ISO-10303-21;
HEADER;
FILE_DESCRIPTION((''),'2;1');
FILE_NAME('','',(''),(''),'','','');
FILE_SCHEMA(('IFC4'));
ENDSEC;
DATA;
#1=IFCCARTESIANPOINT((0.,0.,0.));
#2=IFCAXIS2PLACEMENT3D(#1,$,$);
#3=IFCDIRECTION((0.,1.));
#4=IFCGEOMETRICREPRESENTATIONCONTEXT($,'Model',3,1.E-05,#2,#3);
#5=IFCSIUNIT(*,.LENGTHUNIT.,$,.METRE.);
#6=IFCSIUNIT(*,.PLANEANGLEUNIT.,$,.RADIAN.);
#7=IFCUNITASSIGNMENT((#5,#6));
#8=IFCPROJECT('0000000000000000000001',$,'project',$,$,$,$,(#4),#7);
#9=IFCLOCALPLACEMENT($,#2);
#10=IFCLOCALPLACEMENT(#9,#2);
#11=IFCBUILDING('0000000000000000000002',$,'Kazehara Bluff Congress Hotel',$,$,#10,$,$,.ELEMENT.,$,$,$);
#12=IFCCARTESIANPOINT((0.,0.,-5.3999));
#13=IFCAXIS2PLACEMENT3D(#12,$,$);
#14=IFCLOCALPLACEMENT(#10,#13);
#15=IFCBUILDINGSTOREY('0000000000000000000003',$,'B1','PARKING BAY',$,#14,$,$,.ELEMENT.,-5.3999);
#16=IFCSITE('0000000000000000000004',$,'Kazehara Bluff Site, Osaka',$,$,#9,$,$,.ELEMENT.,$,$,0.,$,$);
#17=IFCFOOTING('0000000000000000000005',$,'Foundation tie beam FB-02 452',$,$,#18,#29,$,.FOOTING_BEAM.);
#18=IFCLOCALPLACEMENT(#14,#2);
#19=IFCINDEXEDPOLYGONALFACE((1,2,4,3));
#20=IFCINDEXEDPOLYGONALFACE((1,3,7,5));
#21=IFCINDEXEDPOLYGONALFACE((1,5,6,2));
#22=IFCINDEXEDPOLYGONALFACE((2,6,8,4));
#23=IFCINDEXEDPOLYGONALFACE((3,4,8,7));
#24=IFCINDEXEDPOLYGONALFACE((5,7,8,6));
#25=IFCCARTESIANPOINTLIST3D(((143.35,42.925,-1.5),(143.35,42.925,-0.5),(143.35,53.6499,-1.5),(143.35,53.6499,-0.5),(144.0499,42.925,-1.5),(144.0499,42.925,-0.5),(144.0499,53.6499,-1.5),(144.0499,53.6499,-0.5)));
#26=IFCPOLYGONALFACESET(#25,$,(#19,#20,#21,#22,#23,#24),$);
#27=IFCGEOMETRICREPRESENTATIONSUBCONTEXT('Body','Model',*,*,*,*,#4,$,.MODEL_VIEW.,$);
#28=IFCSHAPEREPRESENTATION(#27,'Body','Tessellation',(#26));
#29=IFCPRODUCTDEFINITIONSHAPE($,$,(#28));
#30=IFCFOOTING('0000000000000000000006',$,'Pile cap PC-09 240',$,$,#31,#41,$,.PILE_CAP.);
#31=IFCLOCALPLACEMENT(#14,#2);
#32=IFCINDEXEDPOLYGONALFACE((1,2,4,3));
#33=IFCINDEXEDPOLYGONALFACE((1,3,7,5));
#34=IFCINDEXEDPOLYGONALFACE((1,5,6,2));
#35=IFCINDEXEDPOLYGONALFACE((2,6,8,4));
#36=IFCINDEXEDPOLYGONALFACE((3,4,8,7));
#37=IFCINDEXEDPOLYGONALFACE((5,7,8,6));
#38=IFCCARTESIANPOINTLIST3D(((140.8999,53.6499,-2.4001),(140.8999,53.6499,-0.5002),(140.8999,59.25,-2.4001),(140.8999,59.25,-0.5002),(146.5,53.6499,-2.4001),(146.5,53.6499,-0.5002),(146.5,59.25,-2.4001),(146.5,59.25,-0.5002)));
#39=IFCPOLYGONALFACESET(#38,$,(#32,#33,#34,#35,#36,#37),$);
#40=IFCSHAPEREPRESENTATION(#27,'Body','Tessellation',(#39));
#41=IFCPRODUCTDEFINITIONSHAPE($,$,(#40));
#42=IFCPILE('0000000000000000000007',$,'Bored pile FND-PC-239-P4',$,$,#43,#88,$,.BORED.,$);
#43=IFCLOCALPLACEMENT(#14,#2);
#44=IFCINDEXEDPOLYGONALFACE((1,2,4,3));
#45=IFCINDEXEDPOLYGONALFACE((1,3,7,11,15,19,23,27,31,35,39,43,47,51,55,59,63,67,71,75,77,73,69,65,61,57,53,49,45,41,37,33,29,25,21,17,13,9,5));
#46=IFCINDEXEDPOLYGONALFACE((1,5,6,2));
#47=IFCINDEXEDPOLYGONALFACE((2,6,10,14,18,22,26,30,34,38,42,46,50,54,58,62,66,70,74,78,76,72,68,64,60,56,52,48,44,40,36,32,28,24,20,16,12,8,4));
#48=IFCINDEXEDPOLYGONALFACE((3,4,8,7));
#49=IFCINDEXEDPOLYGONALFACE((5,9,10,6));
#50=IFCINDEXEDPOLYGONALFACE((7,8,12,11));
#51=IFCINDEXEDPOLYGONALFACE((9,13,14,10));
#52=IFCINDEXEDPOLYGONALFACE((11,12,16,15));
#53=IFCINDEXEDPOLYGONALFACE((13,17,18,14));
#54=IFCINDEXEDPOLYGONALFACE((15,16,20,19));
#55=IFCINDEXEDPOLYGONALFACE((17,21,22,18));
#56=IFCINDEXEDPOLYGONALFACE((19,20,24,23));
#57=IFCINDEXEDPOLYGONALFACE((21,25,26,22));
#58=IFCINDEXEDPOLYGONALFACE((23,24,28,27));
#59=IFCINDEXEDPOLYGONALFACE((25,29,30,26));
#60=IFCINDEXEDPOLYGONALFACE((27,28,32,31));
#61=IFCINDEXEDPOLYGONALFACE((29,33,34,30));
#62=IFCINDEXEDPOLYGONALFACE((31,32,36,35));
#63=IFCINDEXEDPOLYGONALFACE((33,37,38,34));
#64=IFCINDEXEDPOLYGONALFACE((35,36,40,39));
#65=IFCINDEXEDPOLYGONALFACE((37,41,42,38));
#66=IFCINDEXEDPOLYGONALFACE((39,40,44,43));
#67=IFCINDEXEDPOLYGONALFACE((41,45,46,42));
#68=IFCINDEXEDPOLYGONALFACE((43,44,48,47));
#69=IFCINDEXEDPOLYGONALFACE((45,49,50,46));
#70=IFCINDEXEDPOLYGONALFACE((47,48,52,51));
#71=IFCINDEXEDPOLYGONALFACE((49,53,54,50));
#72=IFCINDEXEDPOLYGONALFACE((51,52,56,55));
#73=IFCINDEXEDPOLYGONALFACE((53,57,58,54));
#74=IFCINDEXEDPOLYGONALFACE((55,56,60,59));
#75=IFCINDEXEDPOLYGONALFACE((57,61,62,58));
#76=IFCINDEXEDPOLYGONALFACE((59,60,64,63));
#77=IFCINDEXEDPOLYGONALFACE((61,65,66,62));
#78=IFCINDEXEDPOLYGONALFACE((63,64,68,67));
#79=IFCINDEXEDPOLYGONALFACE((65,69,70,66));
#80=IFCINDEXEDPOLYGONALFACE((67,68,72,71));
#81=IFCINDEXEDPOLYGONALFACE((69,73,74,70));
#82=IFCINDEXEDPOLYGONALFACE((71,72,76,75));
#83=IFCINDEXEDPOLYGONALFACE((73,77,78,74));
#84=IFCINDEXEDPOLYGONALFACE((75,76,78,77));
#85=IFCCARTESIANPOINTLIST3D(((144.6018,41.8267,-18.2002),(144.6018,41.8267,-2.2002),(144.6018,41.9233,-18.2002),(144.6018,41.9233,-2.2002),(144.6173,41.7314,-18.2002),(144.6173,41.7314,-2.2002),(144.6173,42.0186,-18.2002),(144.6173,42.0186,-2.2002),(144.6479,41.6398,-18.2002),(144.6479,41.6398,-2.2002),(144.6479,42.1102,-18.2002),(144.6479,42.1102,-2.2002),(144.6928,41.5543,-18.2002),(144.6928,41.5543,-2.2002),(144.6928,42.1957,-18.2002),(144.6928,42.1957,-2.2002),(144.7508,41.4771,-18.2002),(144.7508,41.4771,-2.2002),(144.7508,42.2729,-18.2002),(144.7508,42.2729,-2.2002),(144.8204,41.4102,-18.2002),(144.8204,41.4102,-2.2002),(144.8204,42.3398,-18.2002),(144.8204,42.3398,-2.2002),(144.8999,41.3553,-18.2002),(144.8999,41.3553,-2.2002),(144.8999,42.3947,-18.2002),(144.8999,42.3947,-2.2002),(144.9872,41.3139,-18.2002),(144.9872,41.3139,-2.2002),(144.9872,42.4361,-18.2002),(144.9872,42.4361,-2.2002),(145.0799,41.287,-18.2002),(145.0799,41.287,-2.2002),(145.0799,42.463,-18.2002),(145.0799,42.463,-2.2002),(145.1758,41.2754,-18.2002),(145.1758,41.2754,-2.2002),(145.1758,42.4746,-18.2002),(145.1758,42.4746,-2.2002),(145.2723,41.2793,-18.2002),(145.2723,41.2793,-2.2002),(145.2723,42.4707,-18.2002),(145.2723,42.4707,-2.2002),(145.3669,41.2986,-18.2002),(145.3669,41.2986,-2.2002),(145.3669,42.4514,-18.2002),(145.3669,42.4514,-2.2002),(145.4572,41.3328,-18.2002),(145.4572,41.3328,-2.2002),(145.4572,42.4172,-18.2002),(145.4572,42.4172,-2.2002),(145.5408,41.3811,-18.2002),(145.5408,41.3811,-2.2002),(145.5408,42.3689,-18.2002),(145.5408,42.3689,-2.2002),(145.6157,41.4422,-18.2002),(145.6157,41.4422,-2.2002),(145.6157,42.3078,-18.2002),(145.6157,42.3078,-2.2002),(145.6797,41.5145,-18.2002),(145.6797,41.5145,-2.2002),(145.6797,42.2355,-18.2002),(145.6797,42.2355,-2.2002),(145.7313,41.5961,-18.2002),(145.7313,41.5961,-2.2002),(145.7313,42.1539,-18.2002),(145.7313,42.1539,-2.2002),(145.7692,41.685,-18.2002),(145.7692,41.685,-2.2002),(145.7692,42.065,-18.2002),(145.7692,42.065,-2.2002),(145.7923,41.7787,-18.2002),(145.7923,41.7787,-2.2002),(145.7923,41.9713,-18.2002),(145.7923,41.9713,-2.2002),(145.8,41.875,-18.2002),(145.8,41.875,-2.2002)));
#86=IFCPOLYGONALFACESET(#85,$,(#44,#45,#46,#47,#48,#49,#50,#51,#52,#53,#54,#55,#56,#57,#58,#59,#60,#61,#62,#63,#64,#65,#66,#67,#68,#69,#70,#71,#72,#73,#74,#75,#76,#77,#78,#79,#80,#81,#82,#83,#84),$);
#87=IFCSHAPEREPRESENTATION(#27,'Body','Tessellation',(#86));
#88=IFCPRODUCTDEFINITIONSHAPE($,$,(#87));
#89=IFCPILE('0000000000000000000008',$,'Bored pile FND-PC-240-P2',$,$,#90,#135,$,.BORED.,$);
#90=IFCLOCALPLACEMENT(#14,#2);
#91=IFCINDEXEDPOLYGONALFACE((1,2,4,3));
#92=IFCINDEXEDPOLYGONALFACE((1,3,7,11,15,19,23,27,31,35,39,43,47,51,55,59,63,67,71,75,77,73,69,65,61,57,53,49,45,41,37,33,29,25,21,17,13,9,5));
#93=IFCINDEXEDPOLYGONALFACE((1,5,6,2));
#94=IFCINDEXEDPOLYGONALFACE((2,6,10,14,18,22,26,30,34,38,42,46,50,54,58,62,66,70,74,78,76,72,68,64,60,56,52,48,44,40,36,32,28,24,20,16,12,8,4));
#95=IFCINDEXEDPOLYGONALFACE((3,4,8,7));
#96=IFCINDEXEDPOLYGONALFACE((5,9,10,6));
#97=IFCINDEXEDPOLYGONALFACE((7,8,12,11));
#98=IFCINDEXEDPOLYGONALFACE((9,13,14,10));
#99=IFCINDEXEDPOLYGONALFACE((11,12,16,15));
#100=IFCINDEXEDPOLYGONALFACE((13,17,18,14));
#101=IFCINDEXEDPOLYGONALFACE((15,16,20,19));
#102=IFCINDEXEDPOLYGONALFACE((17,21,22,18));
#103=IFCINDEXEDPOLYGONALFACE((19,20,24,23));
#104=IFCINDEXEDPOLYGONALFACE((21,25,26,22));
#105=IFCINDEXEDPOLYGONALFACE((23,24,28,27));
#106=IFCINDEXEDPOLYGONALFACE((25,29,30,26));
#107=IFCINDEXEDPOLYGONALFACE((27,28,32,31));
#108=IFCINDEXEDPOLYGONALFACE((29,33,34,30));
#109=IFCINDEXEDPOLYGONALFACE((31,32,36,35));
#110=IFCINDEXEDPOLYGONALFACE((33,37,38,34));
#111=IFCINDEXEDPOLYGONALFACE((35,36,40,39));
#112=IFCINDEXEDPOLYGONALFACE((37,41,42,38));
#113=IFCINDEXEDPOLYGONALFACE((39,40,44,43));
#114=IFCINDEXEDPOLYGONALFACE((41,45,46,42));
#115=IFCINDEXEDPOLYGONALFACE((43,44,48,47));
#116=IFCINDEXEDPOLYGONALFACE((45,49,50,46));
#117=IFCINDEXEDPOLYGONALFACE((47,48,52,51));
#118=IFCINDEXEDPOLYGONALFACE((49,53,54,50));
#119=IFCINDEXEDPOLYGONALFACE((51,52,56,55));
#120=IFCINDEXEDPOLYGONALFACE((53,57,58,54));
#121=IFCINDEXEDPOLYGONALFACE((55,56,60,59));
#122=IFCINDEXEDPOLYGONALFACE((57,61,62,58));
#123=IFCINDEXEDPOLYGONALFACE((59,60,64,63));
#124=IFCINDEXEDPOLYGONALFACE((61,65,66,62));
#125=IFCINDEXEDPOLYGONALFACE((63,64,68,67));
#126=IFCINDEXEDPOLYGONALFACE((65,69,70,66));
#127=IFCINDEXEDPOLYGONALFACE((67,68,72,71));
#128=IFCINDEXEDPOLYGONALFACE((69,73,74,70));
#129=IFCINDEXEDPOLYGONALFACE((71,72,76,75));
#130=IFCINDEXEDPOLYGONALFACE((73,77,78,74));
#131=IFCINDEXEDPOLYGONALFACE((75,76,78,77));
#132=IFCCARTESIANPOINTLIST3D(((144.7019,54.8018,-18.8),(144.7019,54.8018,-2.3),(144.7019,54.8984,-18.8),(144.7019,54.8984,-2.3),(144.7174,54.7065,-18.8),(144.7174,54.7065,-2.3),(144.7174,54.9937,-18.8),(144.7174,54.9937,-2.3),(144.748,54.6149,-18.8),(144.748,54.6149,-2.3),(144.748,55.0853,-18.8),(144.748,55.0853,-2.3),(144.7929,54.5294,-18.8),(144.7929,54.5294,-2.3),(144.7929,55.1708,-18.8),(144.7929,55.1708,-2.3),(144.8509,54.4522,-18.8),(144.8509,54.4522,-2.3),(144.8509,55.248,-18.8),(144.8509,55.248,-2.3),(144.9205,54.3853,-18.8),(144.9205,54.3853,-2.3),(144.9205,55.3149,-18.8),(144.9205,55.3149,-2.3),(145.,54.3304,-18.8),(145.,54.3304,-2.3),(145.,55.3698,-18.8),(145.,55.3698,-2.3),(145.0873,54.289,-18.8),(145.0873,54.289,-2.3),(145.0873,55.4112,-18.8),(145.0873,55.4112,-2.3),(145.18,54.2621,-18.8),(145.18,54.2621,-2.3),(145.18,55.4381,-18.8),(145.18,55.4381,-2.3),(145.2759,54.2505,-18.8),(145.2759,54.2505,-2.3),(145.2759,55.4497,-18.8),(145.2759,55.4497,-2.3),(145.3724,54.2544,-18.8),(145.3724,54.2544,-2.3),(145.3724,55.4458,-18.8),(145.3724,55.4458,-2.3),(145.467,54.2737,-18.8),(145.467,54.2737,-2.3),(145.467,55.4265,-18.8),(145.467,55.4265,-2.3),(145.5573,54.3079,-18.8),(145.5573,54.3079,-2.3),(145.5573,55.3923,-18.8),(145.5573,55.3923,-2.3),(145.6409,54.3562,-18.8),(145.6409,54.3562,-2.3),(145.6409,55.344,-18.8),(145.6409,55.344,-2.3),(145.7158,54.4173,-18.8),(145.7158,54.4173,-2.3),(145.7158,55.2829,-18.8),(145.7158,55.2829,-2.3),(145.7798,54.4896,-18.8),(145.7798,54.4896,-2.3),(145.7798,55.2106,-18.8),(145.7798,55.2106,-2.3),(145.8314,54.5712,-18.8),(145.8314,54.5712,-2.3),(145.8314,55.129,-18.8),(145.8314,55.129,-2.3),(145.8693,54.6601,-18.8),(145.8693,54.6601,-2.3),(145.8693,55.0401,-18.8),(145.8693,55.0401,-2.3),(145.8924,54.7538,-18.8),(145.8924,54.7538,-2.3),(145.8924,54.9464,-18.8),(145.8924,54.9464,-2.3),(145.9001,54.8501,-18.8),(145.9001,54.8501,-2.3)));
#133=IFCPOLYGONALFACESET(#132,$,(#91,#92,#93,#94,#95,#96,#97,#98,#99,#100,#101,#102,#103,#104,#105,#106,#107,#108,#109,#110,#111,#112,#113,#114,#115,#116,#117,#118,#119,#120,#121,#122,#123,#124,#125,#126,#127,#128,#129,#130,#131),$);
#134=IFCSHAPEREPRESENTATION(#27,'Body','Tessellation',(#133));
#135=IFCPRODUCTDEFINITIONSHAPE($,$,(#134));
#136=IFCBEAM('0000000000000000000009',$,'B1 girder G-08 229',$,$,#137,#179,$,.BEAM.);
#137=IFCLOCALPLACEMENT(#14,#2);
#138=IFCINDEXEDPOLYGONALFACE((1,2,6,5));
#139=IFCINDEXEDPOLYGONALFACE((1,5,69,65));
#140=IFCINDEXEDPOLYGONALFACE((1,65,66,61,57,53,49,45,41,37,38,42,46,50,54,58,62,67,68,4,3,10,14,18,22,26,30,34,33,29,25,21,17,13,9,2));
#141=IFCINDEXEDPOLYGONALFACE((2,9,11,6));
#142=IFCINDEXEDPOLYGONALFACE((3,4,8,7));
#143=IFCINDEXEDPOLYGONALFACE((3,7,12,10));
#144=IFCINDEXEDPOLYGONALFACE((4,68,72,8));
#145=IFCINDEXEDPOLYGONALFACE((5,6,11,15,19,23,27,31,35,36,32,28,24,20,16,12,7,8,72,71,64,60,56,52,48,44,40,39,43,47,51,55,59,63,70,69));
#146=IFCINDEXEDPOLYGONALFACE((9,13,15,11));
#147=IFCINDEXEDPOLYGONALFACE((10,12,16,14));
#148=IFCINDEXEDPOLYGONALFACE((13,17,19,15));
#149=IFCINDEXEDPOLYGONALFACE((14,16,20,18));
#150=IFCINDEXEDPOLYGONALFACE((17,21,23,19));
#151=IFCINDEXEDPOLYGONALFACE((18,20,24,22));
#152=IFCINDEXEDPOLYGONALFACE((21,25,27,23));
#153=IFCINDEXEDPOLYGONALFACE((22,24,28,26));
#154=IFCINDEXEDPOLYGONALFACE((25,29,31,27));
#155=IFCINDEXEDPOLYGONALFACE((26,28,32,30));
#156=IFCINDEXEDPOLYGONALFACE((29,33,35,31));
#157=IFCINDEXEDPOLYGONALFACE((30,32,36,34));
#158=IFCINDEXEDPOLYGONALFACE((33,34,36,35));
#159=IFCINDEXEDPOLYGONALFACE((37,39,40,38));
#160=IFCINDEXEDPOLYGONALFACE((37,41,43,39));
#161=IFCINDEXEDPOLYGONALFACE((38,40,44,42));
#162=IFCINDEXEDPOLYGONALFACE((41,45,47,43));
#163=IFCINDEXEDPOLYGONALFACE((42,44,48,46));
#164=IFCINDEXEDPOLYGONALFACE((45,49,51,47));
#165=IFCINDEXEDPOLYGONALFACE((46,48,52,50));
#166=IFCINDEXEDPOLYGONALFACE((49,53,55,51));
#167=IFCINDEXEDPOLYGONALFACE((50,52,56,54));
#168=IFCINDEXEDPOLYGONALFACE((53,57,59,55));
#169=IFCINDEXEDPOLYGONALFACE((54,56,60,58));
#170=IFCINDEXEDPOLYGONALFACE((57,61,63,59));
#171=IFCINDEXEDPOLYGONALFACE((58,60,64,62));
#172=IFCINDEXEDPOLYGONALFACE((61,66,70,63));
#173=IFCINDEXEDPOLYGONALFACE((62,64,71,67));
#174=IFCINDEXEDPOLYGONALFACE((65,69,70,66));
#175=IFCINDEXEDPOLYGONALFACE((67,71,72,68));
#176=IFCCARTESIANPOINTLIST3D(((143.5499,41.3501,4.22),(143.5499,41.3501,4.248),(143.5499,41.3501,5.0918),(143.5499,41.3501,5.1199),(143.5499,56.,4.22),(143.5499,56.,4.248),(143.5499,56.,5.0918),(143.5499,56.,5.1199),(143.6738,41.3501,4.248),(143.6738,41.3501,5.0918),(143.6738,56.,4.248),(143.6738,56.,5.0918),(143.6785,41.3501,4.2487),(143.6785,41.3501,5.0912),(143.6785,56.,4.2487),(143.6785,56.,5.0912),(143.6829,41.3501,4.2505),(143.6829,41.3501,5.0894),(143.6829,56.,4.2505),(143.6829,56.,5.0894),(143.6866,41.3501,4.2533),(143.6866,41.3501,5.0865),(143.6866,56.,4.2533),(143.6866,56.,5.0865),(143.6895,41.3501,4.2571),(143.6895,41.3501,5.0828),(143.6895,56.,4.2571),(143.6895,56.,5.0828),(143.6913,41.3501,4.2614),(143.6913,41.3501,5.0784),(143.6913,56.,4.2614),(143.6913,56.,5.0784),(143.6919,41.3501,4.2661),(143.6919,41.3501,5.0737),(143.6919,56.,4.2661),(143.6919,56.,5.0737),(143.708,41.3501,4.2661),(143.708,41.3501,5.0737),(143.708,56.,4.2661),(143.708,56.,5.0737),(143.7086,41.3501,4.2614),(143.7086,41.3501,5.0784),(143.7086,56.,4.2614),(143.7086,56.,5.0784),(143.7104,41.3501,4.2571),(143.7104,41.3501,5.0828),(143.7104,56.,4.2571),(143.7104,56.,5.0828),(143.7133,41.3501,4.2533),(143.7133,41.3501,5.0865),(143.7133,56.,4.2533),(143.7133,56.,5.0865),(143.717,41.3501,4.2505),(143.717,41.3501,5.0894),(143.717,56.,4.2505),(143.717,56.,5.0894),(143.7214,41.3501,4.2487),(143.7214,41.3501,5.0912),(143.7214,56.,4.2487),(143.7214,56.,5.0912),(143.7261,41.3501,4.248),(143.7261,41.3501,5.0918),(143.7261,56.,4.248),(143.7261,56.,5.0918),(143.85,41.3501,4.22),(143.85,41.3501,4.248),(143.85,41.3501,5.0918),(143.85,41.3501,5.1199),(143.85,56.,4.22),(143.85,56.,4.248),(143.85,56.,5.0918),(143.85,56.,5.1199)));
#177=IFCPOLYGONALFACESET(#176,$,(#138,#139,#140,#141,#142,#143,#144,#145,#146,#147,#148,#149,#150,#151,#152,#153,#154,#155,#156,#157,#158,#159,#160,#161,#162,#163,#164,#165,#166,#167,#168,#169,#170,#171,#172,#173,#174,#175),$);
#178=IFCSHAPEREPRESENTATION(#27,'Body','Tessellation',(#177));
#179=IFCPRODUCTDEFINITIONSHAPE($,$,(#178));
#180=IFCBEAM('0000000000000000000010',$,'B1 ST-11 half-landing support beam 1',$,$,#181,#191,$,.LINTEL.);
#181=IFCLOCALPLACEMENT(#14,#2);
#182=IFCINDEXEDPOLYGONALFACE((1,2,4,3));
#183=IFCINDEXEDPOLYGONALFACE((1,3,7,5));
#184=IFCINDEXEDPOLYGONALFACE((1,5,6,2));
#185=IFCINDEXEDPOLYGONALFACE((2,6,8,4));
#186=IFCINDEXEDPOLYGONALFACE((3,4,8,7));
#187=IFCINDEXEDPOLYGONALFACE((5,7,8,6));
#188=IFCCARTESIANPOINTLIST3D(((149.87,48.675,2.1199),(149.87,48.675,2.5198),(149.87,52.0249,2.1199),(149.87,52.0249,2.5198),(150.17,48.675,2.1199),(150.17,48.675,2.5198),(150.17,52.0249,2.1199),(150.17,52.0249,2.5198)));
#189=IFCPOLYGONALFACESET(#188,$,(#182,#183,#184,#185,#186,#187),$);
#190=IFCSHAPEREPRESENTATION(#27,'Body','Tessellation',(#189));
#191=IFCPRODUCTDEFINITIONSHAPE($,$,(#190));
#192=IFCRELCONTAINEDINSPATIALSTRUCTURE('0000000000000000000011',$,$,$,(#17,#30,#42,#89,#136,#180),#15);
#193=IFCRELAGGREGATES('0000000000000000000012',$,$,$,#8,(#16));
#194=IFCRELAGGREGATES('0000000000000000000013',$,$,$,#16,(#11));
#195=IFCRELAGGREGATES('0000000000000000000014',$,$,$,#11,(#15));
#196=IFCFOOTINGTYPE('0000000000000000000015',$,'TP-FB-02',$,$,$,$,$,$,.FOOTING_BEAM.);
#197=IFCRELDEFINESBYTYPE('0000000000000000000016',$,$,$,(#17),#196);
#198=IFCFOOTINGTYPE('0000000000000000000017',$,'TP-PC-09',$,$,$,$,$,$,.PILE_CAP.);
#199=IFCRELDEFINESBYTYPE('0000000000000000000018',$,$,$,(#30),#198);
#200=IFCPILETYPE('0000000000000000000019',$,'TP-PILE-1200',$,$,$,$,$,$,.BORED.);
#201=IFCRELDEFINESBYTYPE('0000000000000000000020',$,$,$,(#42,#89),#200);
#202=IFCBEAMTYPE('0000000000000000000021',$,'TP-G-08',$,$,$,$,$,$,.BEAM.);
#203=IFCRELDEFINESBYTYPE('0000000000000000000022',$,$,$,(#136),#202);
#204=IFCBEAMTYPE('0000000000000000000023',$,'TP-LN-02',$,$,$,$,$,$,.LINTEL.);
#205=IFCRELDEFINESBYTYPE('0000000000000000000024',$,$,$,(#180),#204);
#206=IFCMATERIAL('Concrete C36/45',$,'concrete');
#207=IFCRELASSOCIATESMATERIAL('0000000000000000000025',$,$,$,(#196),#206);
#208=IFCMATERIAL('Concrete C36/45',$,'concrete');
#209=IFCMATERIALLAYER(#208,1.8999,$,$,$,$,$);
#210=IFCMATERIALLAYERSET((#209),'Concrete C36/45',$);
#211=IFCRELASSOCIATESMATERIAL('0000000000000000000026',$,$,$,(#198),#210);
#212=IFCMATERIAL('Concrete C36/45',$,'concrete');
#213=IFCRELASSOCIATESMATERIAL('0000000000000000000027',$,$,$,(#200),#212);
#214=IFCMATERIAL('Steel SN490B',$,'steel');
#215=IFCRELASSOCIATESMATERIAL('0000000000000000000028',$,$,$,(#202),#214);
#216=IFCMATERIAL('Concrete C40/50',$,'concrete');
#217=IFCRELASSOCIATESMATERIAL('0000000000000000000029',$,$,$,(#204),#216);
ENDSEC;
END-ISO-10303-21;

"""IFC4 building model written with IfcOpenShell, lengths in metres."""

from ifc_helpers import new_model, si_unit, direction, frame, origin, origin_2d, place, context, subcontext, project, spatial, rectangle, circle, i_section, extrude, material, layer, layer_set, material_profile, profile_set, type_object, element, save


model = new_model("IFC4")

# Units and contexts
model_context = context("Model", 3, precision=1e-05, world=origin(), true_north=direction((0.0, 1.0)))
body_context = subcontext(model_context, "Body", "Model", "MODEL_VIEW")
ifc_project = project(units=[si_unit("LENGTHUNIT", "METRE"), si_unit("PLANEANGLEUNIT", "RADIAN")], contexts=[model_context])

# Site, building, storey
site_placement = place(None, origin())
site = spatial("IfcSite", under=ifc_project, at=site_placement, Name="Kazehara Bluff Site, Osaka", CompositionType="ELEMENT", RefElevation=0.0)
building_placement = place(site_placement, origin())
building = spatial("IfcBuilding", under=site, at=building_placement, Name="Kazehara Bluff Congress Hotel", CompositionType="ELEMENT")
storey_placement = place(building_placement, frame((0.0, 0.0, -5.3999)))
storey = spatial("IfcBuildingStorey", under=building, at=storey_placement, Name="B1", Description="PARKING BAY", CompositionType="ELEMENT", Elevation=-5.3999)

# Footings
ifc_material_1 = material(Name="Concrete C36/45", Category="concrete")
ifc_material_profile_1 = material_profile(ifc_material_1, rectangle(XDim=0.7, YDim=1.0, at=origin_2d()))
ifc_profile_set_1 = profile_set([ifc_material_profile_1], Name="Concrete C36/45")
footing_type_1 = type_object("IfcFootingType", Name="TP-FB-02", PredefinedType="FOOTING_BEAM", material=ifc_profile_set_1)
footing_1_placement = place(storey_placement, frame((143.7, 42.925, -1.0), z_axis=(0.0, 1.0, 0.0), x_axis=(-1.0, 0.0, 0.0)))
element("IfcFooting", 1, at=footing_1_placement, inside=storey, type_object=footing_type_1, Name="Foundation tie beam FB-02 452", PredefinedType="FOOTING_BEAM", context=body_context, shape_type="SweptSolid", body=[
    extrude(rectangle(XDim=0.7, YDim=1.0, at=origin_2d()), origin(), (0.0, 0.0, 1.0), 10.7249),
])
ifc_material_2 = material(Name="Concrete C36/45", Category="concrete")
ifc_layer_1 = layer(ifc_material_2, 1.8999)
ifc_layer_set_1 = layer_set([ifc_layer_1], Name="Concrete C36/45")
footing_type_2 = type_object("IfcFootingType", Name="TP-PC-09", PredefinedType="PILE_CAP", material=ifc_layer_set_1)
footing_2_placement = place(storey_placement, frame((143.7, 56.45, -2.4001), z_axis=(0.0, 0.0, 1.0), x_axis=(1.0, 0.0, 0.0)))
element("IfcFooting", 2, at=footing_2_placement, inside=storey, type_object=footing_type_2, Name="Pile cap PC-09 240", PredefinedType="PILE_CAP", context=body_context, shape_type="SweptSolid", body=[
    extrude(rectangle(XDim=5.6001, YDim=5.6001, at=origin_2d()), origin(), (0.0, 0.0, 1.0), 1.8999),
])

# Piles
ifc_material_3 = material(Name="Concrete C36/45", Category="concrete")
ifc_material_profile_2 = material_profile(ifc_material_3, circle(Radius=0.6001, at=origin_2d()))
ifc_profile_set_2 = profile_set([ifc_material_profile_2], Name="Concrete C36/45")
pile_type = type_object("IfcPileType", Name="TP-PILE-1200", PredefinedType="BORED", material=ifc_profile_set_2)
pile_1_placement = place(storey_placement, frame((145.2, 41.875, -2.2002), z_axis=(0.0, 0.0, -1.0), x_axis=(1.0, 0.0, 0.0)))
element("IfcPile", 3, at=pile_1_placement, inside=storey, type_object=pile_type, Name="Bored pile FND-PC-239-P4", PredefinedType="BORED", context=body_context, shape_type="SweptSolid", body=[
    extrude(circle(Radius=0.6001, at=origin_2d()), origin(), (0.0, 0.0, 1.0), 16.0),
])
pile_2_placement = place(storey_placement, frame((145.3, 54.8501, -2.3), z_axis=(0.0, 0.0, -1.0), x_axis=(1.0, 0.0, 0.0)))
element("IfcPile", 4, at=pile_2_placement, inside=storey, type_object=pile_type, Name="Bored pile FND-PC-240-P2", PredefinedType="BORED", context=body_context, shape_type="SweptSolid", body=[
    extrude(circle(Radius=0.6001, at=origin_2d()), origin(), (0.0, 0.0, 1.0), 16.5),
])

# Beams
ifc_material_4 = material(Name="Steel SN490B", Category="steel")
ifc_material_profile_3 = material_profile(ifc_material_4, i_section(OverallWidth=0.3, OverallDepth=0.8999, WebThickness=0.0161, FlangeThickness=0.0281, FilletRadius=0.0181, at=origin_2d()))
ifc_profile_set_3 = profile_set([ifc_material_profile_3], Name="Steel SN490B")
beam_type_1 = type_object("IfcBeamType", Name="TP-G-08", PredefinedType="BEAM", material=ifc_profile_set_3)
beam_placement = place(storey_placement, frame((143.7, 41.3501, 4.6699), z_axis=(0.0, 1.0, 0.0), x_axis=(-1.0, 0.0, 0.0)))
element("IfcBeam", 5, at=beam_placement, inside=storey, type_object=beam_type_1, Name="B1 girder G-08 229", PredefinedType="BEAM", context=body_context, shape_type="SweptSolid", body=[
    extrude(i_section(OverallWidth=0.3, OverallDepth=0.8999, WebThickness=0.0161, FlangeThickness=0.0281, FilletRadius=0.0181, at=origin_2d()), origin(), (0.0, 0.0, 1.0), 14.6499),
])
ifc_material_5 = material(Name="Concrete C40/50", Category="concrete")
ifc_material_profile_4 = material_profile(ifc_material_5, rectangle(XDim=0.3, YDim=0.3999, at=origin_2d()))
ifc_profile_set_4 = profile_set([ifc_material_profile_4], Name="Concrete C40/50")
beam_type_2 = type_object("IfcBeamType", Name="TP-LN-02", PredefinedType="LINTEL", material=ifc_profile_set_4)
for number, where, z_axis, x_axis, name in (
    (6, (150.02, 48.675, 2.3198), (0.0, 1.0, 0.0), (-1.0, 0.0, 0.0), "B1 ST-11 half-landing support beam 1"),
):
    element("IfcBeam", number, at=place(storey_placement, frame(where, z_axis=z_axis, x_axis=x_axis)), inside=storey, type_object=beam_type_2, Name=name, PredefinedType="LINTEL", context=body_context, shape_type="SweptSolid", body=[
        extrude(rectangle(XDim=0.3, YDim=0.3999, at=origin_2d()), origin(), (0.0, 0.0, 1.0), 3.3499),
    ])

save(model, "model.ifc")
